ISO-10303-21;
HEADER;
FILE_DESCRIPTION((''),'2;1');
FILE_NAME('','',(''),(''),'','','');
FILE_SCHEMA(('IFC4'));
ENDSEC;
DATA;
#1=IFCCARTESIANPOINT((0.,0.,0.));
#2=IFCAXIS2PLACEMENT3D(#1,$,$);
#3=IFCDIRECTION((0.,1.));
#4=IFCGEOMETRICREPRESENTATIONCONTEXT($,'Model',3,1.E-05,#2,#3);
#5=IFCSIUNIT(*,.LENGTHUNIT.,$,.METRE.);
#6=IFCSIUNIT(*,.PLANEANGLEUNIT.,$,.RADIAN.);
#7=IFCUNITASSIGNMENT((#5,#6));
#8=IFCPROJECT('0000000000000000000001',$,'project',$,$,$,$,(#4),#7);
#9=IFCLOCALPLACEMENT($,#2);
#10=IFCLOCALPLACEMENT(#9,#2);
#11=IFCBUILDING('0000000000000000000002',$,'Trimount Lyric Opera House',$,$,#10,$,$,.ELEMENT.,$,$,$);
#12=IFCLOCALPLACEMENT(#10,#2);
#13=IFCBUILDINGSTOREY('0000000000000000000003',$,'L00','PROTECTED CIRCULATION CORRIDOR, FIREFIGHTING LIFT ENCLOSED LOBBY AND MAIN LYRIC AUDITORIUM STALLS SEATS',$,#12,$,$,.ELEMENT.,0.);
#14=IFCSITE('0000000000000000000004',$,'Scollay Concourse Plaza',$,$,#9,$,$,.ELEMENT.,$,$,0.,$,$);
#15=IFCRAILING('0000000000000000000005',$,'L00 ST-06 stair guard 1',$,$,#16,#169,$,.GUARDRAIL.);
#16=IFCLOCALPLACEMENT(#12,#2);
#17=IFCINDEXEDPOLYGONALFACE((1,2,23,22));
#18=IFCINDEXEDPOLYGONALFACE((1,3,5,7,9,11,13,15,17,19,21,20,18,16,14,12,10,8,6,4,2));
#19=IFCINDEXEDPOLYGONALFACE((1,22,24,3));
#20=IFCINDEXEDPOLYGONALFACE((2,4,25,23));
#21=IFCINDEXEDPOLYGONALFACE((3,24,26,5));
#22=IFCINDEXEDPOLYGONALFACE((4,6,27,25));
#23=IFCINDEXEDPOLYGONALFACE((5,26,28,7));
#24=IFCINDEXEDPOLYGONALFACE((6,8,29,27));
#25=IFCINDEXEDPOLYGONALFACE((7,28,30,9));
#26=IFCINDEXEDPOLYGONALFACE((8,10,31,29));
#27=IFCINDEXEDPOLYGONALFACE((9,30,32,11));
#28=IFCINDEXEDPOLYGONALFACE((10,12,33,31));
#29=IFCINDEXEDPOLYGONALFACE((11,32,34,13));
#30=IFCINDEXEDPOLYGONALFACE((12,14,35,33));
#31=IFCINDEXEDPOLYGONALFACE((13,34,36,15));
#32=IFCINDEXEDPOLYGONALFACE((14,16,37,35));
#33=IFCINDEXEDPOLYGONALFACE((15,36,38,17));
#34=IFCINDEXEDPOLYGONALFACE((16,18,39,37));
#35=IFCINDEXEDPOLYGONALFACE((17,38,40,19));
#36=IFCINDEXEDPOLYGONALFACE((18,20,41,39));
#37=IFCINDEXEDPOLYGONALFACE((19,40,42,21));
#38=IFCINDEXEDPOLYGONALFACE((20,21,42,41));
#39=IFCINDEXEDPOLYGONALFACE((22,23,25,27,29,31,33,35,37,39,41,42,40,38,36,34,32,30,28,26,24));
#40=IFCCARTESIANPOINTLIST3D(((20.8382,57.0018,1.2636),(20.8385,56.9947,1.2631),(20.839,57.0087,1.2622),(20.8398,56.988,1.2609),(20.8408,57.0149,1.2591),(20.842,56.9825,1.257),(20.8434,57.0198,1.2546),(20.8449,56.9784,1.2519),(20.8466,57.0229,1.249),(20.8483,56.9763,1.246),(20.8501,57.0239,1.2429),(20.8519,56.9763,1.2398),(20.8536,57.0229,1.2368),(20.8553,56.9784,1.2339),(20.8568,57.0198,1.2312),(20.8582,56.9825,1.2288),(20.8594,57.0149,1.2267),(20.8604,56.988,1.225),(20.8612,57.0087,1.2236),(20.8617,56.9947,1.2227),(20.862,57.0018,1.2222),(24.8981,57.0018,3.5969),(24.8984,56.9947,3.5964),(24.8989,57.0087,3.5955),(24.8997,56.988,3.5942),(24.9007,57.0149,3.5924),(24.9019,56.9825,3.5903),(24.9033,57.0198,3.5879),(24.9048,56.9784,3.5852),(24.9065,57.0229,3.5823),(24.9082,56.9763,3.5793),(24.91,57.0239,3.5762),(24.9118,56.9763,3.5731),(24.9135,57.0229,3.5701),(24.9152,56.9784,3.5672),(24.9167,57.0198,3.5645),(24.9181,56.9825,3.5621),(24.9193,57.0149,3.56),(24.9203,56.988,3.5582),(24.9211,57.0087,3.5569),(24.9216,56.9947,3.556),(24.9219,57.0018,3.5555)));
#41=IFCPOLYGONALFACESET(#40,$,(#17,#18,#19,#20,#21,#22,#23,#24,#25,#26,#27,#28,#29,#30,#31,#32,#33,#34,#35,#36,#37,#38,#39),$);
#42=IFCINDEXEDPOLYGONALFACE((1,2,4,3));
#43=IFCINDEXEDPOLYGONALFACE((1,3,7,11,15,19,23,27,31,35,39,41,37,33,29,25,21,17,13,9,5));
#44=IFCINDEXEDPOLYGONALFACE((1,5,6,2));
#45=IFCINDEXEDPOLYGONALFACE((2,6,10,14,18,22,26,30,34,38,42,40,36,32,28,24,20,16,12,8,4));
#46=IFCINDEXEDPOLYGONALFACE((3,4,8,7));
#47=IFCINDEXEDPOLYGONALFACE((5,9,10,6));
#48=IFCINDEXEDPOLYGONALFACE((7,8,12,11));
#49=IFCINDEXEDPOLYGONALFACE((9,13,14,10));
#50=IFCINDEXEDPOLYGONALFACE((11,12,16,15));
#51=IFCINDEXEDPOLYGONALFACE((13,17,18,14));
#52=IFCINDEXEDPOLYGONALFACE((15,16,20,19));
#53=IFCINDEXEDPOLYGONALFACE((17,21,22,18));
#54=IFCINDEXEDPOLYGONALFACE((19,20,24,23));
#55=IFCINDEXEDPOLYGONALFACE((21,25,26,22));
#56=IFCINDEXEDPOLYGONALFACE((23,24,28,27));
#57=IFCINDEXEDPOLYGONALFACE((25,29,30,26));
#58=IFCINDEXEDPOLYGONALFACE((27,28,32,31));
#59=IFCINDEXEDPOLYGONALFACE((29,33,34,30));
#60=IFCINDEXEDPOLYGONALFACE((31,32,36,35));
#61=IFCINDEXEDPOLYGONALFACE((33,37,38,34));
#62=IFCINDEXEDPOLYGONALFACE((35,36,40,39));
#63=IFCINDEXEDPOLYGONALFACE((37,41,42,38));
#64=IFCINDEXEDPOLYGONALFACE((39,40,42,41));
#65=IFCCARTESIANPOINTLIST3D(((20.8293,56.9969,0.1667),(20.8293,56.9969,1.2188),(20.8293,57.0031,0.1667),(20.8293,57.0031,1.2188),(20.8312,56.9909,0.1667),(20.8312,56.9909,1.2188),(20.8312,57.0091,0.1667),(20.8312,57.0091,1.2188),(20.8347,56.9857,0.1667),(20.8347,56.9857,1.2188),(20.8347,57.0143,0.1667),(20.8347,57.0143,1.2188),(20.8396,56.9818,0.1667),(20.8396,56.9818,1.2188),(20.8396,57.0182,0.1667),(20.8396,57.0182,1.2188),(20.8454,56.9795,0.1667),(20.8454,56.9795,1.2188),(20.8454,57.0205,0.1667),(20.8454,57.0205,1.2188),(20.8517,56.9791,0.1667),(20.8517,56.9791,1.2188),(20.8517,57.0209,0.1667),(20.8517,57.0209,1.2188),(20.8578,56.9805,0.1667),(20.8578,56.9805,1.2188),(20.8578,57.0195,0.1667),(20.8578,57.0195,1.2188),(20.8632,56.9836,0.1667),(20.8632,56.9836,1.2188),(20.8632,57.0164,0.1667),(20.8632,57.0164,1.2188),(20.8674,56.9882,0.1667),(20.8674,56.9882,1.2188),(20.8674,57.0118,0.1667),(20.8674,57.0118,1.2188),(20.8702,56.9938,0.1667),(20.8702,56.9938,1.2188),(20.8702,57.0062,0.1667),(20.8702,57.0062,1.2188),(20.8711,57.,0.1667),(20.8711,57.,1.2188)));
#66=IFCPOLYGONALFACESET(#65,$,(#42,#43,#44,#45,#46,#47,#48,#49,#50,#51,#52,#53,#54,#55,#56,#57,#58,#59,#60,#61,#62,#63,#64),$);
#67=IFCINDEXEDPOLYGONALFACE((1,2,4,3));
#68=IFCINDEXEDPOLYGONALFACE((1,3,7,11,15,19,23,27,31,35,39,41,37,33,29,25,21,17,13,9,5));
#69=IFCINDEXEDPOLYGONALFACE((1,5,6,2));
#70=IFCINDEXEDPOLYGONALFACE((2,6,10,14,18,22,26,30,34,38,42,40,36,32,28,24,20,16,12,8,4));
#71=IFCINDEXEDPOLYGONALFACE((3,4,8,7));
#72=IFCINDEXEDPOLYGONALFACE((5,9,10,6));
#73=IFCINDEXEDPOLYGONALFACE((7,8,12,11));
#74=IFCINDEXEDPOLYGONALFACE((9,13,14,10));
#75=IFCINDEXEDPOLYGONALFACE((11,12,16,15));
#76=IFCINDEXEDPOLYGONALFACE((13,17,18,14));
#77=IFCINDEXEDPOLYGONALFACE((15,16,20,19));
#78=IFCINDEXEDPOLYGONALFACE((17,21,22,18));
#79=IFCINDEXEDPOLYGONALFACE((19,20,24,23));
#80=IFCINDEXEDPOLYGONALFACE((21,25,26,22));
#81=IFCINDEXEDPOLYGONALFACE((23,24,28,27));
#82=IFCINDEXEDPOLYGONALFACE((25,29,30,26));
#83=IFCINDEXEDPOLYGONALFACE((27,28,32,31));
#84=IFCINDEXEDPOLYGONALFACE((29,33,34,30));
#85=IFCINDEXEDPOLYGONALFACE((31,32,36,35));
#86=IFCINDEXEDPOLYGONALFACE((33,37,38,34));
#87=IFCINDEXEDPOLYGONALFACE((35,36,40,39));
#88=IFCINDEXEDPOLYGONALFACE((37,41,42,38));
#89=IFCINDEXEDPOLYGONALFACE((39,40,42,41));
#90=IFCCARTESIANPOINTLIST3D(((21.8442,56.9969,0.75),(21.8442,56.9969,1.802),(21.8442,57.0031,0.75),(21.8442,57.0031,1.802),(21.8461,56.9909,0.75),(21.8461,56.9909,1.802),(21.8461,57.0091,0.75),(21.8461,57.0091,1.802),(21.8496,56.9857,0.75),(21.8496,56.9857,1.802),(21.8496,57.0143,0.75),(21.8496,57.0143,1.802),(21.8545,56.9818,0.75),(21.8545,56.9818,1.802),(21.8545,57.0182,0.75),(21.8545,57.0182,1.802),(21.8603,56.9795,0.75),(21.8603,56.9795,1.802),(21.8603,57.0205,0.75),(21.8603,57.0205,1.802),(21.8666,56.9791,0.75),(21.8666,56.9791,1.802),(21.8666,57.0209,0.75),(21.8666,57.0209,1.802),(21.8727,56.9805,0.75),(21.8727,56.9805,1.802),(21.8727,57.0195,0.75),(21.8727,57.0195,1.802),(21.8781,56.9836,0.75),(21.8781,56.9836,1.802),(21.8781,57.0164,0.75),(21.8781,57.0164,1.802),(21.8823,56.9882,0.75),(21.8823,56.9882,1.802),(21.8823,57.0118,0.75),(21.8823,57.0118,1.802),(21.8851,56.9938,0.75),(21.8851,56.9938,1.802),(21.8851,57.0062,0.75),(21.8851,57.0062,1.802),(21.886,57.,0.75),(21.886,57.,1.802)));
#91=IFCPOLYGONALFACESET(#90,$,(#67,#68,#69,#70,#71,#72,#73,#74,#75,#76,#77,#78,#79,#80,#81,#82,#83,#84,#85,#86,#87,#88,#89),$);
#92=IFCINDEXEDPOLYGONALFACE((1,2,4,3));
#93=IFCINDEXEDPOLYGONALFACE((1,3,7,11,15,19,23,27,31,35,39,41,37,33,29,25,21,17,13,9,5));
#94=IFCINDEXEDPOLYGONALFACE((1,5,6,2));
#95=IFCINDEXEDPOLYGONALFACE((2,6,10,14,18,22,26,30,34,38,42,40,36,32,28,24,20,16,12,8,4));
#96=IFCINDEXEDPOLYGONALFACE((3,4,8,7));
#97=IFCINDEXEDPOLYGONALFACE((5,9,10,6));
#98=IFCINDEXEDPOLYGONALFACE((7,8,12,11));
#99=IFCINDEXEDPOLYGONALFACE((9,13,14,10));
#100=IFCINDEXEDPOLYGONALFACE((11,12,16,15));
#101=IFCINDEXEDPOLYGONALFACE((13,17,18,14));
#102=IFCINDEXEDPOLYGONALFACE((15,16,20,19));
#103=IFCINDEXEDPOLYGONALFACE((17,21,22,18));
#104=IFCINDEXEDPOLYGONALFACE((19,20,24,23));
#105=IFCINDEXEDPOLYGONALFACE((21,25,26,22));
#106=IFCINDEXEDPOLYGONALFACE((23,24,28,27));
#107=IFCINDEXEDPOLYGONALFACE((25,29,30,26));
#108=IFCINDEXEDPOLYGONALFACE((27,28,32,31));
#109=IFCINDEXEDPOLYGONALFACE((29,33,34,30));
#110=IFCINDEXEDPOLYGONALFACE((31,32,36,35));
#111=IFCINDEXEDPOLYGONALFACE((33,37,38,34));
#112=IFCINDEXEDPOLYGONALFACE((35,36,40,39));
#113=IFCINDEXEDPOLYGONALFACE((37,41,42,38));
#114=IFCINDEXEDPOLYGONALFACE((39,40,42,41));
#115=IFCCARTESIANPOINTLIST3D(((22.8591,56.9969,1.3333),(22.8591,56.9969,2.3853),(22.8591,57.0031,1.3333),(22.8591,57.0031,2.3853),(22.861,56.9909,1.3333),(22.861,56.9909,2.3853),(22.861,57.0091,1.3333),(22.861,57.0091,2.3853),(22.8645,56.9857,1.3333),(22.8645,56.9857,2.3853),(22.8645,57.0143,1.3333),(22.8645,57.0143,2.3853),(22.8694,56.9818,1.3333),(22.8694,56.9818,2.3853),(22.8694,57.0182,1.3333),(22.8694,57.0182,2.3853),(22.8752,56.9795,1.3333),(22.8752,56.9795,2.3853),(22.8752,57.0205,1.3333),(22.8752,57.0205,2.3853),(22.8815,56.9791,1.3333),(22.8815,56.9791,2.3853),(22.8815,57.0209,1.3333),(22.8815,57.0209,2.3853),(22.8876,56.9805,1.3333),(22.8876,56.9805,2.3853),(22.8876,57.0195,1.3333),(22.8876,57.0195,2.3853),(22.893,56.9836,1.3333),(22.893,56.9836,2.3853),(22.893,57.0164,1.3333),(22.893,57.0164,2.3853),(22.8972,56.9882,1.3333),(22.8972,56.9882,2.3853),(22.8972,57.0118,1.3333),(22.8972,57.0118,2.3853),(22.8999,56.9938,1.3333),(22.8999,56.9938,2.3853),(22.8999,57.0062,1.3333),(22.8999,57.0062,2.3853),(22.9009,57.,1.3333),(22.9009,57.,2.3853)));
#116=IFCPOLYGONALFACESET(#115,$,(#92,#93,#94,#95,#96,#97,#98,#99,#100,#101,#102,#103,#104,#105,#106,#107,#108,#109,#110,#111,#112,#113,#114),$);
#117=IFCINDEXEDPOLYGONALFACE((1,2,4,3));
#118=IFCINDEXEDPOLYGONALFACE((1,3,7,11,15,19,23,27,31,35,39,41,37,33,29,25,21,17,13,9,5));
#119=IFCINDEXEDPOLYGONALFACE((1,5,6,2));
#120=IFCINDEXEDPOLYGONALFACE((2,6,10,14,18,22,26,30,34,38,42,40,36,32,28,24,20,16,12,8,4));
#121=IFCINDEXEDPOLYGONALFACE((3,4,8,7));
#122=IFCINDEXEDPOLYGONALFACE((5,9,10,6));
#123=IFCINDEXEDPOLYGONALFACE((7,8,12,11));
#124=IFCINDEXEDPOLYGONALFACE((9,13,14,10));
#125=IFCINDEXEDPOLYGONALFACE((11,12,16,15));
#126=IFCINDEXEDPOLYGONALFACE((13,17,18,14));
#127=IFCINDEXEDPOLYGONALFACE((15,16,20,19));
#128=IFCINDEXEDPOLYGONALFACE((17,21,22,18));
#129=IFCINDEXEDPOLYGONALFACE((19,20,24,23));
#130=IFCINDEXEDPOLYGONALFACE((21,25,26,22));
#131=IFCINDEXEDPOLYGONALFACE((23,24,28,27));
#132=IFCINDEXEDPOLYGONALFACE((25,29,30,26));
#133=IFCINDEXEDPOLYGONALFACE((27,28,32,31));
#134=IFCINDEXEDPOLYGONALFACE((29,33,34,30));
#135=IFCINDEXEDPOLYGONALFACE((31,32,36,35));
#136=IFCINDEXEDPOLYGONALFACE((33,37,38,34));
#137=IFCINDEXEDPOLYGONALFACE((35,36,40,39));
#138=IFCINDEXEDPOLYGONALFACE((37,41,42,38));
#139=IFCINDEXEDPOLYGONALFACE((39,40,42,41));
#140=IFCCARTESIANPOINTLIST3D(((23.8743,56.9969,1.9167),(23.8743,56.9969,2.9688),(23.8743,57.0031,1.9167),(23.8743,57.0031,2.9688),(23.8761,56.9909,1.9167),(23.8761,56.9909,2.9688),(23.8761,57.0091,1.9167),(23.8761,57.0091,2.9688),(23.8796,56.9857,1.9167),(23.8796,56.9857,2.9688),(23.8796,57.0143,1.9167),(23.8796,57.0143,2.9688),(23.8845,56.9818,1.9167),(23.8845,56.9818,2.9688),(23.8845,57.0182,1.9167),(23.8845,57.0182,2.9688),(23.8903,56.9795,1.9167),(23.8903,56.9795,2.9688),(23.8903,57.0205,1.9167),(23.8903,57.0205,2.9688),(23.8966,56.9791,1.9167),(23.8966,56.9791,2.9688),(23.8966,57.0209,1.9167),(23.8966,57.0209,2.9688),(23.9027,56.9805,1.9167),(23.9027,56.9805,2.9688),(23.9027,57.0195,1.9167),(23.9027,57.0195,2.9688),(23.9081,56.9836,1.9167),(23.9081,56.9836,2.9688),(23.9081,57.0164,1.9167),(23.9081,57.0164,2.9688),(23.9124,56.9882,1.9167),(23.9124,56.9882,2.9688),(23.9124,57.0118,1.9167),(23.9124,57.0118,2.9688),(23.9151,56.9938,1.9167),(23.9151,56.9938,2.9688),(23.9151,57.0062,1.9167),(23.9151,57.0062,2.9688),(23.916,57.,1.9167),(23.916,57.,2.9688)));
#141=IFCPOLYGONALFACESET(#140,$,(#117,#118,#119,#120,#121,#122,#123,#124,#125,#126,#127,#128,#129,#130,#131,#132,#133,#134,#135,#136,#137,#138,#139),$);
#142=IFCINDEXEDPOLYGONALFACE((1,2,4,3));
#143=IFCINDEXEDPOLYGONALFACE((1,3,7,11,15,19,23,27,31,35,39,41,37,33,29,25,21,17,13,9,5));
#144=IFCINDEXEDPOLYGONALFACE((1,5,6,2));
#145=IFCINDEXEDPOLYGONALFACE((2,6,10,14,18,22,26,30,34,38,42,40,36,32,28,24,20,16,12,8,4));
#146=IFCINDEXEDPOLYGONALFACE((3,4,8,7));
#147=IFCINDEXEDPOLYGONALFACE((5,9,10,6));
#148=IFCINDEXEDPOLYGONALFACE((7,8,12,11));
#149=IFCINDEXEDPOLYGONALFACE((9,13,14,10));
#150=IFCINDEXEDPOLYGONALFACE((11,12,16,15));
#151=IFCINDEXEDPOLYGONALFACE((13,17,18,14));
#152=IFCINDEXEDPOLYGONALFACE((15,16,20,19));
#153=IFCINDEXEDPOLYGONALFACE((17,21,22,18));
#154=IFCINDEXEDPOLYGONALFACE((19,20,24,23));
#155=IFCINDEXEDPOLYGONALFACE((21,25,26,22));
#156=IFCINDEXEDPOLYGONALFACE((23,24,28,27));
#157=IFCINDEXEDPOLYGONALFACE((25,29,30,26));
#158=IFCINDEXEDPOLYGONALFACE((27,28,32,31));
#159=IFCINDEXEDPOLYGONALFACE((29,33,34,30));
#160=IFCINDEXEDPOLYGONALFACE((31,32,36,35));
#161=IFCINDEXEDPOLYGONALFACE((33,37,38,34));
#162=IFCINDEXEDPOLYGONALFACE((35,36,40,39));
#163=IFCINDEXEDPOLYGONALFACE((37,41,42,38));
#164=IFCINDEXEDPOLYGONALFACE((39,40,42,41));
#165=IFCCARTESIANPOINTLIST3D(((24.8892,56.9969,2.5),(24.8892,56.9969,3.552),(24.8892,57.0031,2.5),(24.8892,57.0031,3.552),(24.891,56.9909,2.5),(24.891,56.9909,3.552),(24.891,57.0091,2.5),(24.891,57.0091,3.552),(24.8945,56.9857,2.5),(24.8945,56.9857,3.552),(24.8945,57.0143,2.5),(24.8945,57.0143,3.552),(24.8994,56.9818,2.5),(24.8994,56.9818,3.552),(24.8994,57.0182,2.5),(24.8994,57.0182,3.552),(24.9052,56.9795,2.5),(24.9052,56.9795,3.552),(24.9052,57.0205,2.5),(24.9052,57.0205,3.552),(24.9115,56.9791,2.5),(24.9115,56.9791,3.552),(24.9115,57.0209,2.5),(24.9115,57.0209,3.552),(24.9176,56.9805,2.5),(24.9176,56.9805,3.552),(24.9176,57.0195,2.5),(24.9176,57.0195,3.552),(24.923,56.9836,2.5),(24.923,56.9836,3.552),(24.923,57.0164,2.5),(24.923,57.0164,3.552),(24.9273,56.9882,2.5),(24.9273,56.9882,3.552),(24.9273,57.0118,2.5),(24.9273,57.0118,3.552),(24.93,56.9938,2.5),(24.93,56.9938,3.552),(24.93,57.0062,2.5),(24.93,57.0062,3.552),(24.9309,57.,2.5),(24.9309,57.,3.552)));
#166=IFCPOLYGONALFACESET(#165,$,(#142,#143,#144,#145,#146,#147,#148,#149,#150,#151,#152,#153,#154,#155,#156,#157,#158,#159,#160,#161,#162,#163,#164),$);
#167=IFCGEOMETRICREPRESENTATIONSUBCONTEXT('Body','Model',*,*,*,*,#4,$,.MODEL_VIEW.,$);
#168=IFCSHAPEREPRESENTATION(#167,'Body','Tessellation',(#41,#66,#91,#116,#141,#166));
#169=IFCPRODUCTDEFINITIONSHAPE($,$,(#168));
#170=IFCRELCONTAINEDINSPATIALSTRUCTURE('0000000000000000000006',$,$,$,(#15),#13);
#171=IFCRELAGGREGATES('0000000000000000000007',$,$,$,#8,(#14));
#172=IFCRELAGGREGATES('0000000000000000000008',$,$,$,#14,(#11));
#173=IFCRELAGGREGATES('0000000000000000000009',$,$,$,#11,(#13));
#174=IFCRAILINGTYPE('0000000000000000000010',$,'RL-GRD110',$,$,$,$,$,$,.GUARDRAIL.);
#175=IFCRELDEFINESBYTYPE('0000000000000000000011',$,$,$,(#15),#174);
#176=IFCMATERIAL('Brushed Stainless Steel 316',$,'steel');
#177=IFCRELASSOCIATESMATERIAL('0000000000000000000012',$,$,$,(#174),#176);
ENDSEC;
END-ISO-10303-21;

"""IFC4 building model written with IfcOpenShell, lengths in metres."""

from ifc_helpers import new_model, si_unit, direction, frame, origin, origin_2d, place, context, subcontext, project, spatial, circle, extrude, material, type_object, element, save


model = new_model("IFC4")

# Units and contexts
model_context = context("Model", 3, precision=1e-05, world=origin(), true_north=direction((0.0, 1.0)))
body_context = subcontext(model_context, "Body", "Model", "MODEL_VIEW")
ifc_project = project(units=[si_unit("LENGTHUNIT", "METRE"), si_unit("PLANEANGLEUNIT", "RADIAN")], contexts=[model_context])

# Site, building, storey
site_placement = place(None, origin())
site = spatial("IfcSite", under=ifc_project, at=site_placement, Name="Scollay Concourse Plaza", CompositionType="ELEMENT", RefElevation=0.0)
building_placement = place(site_placement, origin())
building = spatial("IfcBuilding", under=site, at=building_placement, Name="Trimount Lyric Opera House", CompositionType="ELEMENT")
storey_placement = place(building_placement, origin())
storey = spatial("IfcBuildingStorey", under=building, at=storey_placement, Name="L00", Description="PROTECTED CIRCULATION CORRIDOR, FIREFIGHTING LIFT ENCLOSED LOBBY AND MAIN LYRIC AUDITORIUM STALLS SEATS", CompositionType="ELEMENT", Elevation=0.0)

# Railing
ifc_material_1 = material(Name="Brushed Stainless Steel 316", Category="steel")
railing_type_1 = type_object("IfcRailingType", Name="RL-GRD110", PredefinedType="GUARDRAIL", material=ifc_material_1)
railing_1_placement = place(storey_placement, frame((20.8501, 57.0, 0.1667)))
element("IfcRailing", 1, at=railing_1_placement, inside=storey, type_object=railing_type_1, Name="L00 ST-06 stair guard 1", PredefinedType="GUARDRAIL", context=body_context, shape_type="SweptSolid", body=[
    extrude(circle(Radius=0.0239, at=origin_2d()), frame((0.0, 0.0, 1.0762), z_axis=(0.867012, 0.0, 0.498288), x_axis=(0.0, 1.0, 0.0)), (0.0, 0.0, 1.0), 4.6826),
    extrude(circle(Radius=0.021, at=origin_2d()), origin(), (0.0, 0.0, 1.0), 1.052),
    extrude(circle(Radius=0.021, at=origin_2d()), frame((1.0149, 0.0, 0.5833)), (0.0, 0.0, 1.0), 1.052),
    extrude(circle(Radius=0.021, at=origin_2d()), frame((2.0298, 0.0, 1.1665)), (0.0, 0.0, 1.0), 1.052),
    extrude(circle(Radius=0.021, at=origin_2d()), frame((3.0449, 0.0, 1.75)), (0.0, 0.0, 1.0), 1.052),
    extrude(circle(Radius=0.021, at=origin_2d()), frame((4.0598, 0.0, 2.3333)), (0.0, 0.0, 1.0), 1.052),
])

save(model, "model.ifc")
